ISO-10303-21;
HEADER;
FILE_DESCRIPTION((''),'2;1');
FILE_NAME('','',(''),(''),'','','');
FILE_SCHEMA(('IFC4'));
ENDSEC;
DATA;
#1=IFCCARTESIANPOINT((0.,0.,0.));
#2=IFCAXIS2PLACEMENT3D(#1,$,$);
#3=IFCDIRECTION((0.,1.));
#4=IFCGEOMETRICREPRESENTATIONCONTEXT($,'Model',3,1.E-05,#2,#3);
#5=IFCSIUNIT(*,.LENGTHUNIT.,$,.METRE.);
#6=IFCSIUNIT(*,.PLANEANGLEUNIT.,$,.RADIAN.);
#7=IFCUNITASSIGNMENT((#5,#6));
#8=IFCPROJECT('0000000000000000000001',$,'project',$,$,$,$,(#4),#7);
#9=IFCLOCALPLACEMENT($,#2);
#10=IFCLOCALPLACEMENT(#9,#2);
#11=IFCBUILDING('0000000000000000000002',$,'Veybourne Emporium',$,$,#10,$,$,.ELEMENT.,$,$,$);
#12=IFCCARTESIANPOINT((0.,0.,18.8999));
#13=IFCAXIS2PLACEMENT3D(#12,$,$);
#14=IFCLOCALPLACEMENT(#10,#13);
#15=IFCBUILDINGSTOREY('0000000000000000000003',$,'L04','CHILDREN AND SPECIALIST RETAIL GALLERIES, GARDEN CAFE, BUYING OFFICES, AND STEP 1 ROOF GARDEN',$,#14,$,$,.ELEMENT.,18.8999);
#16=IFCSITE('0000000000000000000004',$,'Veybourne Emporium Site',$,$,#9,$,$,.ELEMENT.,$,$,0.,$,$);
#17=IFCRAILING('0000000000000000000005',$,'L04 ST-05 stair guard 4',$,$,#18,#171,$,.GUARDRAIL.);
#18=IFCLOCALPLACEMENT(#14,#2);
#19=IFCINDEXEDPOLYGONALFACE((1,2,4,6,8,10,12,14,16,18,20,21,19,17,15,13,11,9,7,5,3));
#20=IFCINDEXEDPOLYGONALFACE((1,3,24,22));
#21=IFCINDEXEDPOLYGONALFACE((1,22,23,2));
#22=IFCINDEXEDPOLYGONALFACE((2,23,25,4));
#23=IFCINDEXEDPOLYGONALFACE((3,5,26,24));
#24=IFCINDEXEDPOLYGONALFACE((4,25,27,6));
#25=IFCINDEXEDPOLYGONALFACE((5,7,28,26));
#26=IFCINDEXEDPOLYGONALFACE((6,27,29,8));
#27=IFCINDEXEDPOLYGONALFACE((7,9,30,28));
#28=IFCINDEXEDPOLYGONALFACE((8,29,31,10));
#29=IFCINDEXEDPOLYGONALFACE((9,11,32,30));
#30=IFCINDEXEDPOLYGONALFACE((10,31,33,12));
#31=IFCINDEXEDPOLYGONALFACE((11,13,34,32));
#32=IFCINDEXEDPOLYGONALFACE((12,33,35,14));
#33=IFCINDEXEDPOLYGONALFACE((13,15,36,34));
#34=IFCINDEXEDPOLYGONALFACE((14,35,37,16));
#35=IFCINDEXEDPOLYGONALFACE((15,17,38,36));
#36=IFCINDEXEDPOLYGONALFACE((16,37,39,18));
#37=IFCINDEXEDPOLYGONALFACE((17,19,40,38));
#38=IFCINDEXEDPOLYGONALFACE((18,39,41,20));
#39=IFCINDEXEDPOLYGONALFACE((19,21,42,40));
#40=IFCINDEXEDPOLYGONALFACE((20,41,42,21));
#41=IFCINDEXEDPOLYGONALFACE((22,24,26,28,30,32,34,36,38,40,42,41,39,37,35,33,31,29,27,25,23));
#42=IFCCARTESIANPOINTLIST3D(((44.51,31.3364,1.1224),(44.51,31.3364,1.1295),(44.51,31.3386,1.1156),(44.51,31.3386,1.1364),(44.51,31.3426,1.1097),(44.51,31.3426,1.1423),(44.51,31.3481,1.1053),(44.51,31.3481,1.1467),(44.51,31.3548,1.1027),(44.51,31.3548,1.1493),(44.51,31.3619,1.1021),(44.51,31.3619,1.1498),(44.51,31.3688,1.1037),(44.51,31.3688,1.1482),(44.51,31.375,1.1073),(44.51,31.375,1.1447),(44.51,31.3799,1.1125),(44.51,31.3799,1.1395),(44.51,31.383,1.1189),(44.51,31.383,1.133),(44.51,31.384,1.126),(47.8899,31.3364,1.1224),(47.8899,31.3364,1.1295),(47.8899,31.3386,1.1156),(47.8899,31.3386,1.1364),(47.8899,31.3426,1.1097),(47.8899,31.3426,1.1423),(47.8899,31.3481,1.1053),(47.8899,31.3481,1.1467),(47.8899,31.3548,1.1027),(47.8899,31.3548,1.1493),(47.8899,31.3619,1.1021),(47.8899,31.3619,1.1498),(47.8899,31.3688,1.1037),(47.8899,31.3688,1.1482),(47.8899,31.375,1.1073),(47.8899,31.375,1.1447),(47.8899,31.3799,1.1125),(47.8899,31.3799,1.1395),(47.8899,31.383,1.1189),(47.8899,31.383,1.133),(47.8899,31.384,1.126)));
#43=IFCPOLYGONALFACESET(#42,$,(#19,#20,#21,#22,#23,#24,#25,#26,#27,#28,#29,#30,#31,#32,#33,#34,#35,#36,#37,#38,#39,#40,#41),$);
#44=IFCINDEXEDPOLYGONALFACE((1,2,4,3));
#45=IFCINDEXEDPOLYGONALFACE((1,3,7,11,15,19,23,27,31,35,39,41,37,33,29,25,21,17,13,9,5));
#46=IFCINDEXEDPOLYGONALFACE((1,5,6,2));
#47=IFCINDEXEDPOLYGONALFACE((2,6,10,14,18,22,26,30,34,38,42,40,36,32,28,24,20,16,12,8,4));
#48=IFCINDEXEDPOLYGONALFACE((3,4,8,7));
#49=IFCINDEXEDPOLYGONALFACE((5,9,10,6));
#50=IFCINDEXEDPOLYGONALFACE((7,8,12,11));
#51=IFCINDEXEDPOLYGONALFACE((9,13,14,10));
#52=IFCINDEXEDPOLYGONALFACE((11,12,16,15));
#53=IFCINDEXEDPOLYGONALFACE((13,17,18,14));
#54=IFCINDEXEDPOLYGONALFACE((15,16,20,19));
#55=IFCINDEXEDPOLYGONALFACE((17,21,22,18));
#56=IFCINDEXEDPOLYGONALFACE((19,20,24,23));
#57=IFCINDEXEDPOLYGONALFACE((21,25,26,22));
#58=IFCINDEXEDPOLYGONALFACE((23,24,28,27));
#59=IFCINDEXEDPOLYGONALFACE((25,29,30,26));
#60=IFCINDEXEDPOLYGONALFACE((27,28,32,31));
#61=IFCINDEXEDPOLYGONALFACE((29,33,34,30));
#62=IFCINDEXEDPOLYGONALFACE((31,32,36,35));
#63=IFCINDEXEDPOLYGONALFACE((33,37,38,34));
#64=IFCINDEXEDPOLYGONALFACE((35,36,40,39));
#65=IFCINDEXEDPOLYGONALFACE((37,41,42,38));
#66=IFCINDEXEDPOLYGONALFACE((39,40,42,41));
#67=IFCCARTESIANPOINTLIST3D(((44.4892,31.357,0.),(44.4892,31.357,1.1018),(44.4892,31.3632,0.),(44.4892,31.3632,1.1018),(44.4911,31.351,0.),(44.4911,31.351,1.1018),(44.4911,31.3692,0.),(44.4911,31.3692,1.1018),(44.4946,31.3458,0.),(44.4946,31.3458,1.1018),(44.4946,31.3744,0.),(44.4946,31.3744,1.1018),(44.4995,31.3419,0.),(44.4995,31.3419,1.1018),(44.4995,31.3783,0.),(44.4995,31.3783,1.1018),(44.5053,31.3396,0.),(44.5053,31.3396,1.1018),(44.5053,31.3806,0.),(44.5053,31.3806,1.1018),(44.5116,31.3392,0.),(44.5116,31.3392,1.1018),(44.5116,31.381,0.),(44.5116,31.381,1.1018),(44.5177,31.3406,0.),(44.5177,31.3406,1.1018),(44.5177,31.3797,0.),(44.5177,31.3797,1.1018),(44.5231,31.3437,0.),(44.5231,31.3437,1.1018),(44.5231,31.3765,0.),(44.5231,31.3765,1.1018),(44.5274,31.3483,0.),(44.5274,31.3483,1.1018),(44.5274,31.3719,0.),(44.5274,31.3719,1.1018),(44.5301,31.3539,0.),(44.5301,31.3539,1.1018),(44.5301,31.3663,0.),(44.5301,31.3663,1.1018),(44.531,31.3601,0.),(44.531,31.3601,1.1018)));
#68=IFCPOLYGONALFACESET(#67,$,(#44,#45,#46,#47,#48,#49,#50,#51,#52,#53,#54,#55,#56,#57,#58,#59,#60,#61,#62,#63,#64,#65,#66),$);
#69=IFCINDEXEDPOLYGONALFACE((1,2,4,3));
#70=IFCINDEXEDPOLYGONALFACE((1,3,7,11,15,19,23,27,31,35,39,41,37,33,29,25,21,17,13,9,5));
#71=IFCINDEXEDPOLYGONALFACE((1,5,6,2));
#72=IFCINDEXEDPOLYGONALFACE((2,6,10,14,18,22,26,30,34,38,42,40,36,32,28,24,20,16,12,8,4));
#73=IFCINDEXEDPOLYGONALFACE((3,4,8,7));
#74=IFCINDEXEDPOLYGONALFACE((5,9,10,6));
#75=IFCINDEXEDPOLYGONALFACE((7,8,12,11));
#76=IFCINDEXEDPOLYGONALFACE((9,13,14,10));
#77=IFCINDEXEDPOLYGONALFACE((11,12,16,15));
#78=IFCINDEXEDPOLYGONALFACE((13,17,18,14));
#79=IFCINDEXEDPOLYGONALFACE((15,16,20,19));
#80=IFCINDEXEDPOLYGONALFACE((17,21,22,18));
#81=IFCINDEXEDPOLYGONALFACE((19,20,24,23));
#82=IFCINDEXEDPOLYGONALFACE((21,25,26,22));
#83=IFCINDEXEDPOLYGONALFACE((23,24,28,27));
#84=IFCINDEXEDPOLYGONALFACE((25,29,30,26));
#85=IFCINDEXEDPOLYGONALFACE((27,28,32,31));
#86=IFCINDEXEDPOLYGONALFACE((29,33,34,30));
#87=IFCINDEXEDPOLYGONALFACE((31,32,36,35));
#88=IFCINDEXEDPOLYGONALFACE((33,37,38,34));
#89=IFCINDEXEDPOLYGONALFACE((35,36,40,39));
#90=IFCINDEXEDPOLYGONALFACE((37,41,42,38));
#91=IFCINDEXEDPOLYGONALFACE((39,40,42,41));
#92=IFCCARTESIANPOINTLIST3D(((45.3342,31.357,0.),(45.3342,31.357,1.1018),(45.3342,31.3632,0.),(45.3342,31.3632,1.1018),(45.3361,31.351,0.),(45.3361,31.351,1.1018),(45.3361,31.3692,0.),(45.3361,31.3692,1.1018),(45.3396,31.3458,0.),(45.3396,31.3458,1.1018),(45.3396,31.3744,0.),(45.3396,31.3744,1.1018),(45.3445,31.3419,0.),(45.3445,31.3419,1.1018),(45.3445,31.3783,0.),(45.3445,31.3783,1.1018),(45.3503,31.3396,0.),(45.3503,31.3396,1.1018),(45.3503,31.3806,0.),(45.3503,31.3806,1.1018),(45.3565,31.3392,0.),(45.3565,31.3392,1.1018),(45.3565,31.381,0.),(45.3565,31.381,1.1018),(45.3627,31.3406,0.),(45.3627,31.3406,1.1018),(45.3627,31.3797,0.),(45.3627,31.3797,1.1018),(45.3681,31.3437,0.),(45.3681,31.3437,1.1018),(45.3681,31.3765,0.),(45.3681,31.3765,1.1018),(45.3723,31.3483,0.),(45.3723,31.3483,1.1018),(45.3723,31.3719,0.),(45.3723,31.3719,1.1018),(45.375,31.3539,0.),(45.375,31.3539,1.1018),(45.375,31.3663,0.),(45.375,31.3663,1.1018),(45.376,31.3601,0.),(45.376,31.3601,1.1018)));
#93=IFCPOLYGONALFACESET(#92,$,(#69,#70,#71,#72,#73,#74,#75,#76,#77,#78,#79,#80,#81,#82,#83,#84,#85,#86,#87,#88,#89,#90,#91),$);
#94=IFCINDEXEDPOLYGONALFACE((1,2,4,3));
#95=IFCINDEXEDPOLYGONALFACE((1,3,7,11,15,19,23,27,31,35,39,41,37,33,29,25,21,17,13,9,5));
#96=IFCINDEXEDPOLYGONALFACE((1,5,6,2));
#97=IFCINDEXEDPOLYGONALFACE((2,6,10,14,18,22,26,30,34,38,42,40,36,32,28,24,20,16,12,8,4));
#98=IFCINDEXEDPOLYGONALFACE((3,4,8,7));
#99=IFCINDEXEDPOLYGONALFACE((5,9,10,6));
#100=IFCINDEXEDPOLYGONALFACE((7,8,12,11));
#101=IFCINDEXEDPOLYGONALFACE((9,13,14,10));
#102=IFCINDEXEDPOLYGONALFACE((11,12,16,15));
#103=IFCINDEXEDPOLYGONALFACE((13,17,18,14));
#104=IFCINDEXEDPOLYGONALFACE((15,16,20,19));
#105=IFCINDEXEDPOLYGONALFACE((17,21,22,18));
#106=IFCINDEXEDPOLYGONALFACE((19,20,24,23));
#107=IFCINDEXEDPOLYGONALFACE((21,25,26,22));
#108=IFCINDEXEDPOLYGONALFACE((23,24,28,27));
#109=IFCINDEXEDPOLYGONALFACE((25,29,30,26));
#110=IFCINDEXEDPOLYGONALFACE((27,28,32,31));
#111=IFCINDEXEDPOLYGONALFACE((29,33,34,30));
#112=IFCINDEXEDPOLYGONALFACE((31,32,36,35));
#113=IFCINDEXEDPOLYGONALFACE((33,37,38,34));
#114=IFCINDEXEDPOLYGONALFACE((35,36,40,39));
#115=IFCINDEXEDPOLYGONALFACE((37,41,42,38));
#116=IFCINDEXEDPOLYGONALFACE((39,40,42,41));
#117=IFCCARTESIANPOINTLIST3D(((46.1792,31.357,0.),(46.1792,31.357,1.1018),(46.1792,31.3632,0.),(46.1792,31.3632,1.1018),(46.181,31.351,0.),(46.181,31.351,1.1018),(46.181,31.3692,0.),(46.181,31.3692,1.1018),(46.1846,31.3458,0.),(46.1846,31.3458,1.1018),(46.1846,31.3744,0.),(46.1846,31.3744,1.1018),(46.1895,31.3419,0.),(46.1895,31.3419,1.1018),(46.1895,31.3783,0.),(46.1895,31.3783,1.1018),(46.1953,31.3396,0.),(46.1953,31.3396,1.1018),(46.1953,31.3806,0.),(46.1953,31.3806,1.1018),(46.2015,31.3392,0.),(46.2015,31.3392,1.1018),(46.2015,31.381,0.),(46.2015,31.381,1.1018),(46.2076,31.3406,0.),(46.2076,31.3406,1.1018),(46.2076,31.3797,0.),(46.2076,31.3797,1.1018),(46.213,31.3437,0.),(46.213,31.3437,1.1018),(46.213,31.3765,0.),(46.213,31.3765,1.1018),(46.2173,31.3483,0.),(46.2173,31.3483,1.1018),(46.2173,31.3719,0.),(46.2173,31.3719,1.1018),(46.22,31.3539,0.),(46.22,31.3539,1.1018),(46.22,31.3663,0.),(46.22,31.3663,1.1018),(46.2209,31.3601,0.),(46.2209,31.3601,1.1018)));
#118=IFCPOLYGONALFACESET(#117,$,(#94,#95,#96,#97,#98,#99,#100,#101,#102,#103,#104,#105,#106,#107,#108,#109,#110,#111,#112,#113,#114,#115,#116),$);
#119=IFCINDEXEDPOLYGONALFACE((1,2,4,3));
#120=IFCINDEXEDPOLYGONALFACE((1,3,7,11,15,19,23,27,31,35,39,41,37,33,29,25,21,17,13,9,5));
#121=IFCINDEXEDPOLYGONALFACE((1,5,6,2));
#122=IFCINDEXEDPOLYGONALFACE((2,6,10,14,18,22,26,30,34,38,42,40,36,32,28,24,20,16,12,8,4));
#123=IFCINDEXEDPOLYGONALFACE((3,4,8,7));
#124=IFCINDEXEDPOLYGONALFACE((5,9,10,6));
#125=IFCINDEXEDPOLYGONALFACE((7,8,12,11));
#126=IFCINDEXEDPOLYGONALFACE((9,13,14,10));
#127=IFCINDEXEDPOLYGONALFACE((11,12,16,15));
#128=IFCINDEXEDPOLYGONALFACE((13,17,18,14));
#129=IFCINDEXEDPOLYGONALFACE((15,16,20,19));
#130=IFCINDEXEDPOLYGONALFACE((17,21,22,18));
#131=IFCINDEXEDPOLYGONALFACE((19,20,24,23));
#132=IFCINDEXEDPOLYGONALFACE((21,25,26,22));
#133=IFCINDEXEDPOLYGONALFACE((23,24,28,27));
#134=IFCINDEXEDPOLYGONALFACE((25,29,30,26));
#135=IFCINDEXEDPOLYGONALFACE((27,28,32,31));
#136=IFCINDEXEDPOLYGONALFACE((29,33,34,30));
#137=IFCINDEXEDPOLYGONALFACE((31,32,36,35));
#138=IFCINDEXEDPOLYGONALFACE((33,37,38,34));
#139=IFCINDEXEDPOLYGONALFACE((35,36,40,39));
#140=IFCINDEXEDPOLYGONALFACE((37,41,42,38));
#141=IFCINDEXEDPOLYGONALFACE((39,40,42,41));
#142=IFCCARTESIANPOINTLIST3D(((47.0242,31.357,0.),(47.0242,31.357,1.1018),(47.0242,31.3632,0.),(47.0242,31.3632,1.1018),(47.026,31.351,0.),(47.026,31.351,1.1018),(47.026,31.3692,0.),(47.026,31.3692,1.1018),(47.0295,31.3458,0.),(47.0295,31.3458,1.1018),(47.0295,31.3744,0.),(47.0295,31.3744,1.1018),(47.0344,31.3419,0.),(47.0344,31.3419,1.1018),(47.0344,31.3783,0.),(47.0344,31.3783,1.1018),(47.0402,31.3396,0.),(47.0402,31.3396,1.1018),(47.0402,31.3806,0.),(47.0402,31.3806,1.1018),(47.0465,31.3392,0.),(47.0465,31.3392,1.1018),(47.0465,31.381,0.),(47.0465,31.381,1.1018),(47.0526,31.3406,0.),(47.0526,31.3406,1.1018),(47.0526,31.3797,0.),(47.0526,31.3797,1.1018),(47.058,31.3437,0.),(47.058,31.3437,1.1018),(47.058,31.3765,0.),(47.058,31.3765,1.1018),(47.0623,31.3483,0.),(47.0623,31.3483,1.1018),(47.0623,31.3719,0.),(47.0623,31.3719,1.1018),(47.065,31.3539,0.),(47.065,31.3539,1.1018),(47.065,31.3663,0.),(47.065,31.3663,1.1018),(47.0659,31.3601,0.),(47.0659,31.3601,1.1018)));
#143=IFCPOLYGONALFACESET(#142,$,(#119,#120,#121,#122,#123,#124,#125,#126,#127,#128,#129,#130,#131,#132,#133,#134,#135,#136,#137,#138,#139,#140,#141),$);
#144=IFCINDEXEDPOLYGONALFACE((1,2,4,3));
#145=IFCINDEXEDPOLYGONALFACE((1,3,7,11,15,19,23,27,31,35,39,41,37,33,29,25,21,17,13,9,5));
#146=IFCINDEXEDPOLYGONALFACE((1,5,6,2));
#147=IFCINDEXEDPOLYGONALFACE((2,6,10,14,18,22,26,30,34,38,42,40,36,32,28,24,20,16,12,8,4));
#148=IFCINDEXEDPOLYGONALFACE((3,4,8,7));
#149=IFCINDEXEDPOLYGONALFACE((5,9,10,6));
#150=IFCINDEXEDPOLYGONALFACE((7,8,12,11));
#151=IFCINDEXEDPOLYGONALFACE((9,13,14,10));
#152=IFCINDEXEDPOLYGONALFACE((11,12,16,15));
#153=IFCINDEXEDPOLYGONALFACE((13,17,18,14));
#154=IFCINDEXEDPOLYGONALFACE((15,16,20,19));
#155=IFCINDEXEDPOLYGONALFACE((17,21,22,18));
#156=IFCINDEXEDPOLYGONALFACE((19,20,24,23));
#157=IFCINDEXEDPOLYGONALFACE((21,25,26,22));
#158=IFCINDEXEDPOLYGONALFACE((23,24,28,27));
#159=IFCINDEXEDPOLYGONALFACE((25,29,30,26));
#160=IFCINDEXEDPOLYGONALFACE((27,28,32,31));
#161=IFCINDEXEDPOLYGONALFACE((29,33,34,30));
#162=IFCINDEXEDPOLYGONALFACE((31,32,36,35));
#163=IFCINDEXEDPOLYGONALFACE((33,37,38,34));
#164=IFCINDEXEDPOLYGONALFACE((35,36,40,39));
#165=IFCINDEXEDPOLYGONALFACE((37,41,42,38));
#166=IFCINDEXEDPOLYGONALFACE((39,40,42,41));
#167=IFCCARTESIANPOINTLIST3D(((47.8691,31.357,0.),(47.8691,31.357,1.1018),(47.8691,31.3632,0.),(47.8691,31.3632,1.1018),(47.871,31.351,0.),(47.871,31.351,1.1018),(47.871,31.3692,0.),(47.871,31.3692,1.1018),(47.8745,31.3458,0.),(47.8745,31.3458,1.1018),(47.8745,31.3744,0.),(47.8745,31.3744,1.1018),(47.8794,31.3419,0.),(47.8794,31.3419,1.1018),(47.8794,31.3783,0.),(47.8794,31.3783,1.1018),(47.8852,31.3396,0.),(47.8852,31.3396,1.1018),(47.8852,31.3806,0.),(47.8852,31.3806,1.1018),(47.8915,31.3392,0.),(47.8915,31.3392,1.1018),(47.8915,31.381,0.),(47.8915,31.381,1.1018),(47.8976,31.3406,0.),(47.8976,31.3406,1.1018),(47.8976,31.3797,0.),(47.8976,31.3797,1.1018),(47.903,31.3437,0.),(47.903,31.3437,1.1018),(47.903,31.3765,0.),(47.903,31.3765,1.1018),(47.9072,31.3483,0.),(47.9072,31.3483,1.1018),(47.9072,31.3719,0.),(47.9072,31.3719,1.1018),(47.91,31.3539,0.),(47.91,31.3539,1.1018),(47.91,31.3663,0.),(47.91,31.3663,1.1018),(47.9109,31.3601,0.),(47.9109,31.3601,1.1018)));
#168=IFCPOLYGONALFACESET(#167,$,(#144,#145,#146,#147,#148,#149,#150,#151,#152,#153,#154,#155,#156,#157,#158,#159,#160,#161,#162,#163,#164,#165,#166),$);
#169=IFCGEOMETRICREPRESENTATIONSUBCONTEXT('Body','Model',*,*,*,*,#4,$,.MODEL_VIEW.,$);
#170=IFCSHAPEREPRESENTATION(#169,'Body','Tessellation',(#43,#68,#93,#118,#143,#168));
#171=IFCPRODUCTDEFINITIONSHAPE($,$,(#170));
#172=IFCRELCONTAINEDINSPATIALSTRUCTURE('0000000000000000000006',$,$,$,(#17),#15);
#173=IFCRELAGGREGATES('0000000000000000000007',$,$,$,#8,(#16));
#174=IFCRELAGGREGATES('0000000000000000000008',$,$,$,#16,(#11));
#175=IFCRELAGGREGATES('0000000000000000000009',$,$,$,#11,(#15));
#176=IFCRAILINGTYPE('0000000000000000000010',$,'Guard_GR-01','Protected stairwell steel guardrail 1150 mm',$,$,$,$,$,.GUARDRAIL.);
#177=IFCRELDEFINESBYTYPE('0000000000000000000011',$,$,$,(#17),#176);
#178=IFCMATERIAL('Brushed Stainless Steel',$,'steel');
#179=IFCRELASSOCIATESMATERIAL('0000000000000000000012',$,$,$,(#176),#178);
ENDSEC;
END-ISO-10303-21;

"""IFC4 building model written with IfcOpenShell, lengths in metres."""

from ifc_helpers import new_model, si_unit, direction, frame, origin, origin_2d, place, context, subcontext, project, spatial, circle, extrude, material, type_object, element, save


model = new_model("IFC4")

# Units and contexts
model_context = context("Model", 3, precision=1e-05, world=origin(), true_north=direction((0.0, 1.0)))
body_context = subcontext(model_context, "Body", "Model", "MODEL_VIEW")
ifc_project = project(units=[si_unit("LENGTHUNIT", "METRE"), si_unit("PLANEANGLEUNIT", "RADIAN")], contexts=[model_context])

# Site, building, storey
site_placement = place(None, origin())
site = spatial("IfcSite", under=ifc_project, at=site_placement, Name="Veybourne Emporium Site", CompositionType="ELEMENT", RefElevation=0.0)
building_placement = place(site_placement, origin())
building = spatial("IfcBuilding", under=site, at=building_placement, Name="Veybourne Emporium", CompositionType="ELEMENT")
storey_placement = place(building_placement, frame((0.0, 0.0, 18.8999)))
storey = spatial("IfcBuildingStorey", under=building, at=storey_placement, Name="L04", Description="CHILDREN AND SPECIALIST RETAIL GALLERIES, GARDEN CAFE, BUYING OFFICES, AND STEP 1 ROOF GARDEN", CompositionType="ELEMENT", Elevation=18.8999)

# Railing
ifc_material_1 = material(Name="Brushed Stainless Steel", Category="steel")
railing_type_1 = type_object("IfcRailingType", Name="Guard_GR-01", Description="Protected stairwell steel guardrail 1150 mm", PredefinedType="GUARDRAIL", material=ifc_material_1)
railing_1_placement = place(storey_placement, frame((44.51, 31.3601, 0.0)))
element("IfcRailing", 1, at=railing_1_placement, inside=storey, type_object=railing_type_1, Name="L04 ST-05 stair guard 4", PredefinedType="GUARDRAIL", context=body_context, shape_type="SweptSolid", body=[
    extrude(circle(Radius=0.0239, at=origin_2d()), frame((0.0, 0.0, 1.126), z_axis=(1.0, 0.0, 0.0), x_axis=(0.0, 1.0, 0.0)), (0.0, 0.0, 1.0), 3.3799),
    extrude(circle(Radius=0.021, at=origin_2d()), origin(), (0.0, 0.0, 1.0), 1.1018),
    extrude(circle(Radius=0.021, at=origin_2d()), frame((0.845, 0.0, 0.0)), (0.0, 0.0, 1.0), 1.1018),
    extrude(circle(Radius=0.021, at=origin_2d()), frame((1.6899, 0.0, 0.0)), (0.0, 0.0, 1.0), 1.1018),
    extrude(circle(Radius=0.021, at=origin_2d()), frame((2.5349, 0.0, 0.0)), (0.0, 0.0, 1.0), 1.1018),
    extrude(circle(Radius=0.021, at=origin_2d()), frame((3.3799, 0.0, 0.0)), (0.0, 0.0, 1.0), 1.1018),
])

save(model, "model.ifc")
